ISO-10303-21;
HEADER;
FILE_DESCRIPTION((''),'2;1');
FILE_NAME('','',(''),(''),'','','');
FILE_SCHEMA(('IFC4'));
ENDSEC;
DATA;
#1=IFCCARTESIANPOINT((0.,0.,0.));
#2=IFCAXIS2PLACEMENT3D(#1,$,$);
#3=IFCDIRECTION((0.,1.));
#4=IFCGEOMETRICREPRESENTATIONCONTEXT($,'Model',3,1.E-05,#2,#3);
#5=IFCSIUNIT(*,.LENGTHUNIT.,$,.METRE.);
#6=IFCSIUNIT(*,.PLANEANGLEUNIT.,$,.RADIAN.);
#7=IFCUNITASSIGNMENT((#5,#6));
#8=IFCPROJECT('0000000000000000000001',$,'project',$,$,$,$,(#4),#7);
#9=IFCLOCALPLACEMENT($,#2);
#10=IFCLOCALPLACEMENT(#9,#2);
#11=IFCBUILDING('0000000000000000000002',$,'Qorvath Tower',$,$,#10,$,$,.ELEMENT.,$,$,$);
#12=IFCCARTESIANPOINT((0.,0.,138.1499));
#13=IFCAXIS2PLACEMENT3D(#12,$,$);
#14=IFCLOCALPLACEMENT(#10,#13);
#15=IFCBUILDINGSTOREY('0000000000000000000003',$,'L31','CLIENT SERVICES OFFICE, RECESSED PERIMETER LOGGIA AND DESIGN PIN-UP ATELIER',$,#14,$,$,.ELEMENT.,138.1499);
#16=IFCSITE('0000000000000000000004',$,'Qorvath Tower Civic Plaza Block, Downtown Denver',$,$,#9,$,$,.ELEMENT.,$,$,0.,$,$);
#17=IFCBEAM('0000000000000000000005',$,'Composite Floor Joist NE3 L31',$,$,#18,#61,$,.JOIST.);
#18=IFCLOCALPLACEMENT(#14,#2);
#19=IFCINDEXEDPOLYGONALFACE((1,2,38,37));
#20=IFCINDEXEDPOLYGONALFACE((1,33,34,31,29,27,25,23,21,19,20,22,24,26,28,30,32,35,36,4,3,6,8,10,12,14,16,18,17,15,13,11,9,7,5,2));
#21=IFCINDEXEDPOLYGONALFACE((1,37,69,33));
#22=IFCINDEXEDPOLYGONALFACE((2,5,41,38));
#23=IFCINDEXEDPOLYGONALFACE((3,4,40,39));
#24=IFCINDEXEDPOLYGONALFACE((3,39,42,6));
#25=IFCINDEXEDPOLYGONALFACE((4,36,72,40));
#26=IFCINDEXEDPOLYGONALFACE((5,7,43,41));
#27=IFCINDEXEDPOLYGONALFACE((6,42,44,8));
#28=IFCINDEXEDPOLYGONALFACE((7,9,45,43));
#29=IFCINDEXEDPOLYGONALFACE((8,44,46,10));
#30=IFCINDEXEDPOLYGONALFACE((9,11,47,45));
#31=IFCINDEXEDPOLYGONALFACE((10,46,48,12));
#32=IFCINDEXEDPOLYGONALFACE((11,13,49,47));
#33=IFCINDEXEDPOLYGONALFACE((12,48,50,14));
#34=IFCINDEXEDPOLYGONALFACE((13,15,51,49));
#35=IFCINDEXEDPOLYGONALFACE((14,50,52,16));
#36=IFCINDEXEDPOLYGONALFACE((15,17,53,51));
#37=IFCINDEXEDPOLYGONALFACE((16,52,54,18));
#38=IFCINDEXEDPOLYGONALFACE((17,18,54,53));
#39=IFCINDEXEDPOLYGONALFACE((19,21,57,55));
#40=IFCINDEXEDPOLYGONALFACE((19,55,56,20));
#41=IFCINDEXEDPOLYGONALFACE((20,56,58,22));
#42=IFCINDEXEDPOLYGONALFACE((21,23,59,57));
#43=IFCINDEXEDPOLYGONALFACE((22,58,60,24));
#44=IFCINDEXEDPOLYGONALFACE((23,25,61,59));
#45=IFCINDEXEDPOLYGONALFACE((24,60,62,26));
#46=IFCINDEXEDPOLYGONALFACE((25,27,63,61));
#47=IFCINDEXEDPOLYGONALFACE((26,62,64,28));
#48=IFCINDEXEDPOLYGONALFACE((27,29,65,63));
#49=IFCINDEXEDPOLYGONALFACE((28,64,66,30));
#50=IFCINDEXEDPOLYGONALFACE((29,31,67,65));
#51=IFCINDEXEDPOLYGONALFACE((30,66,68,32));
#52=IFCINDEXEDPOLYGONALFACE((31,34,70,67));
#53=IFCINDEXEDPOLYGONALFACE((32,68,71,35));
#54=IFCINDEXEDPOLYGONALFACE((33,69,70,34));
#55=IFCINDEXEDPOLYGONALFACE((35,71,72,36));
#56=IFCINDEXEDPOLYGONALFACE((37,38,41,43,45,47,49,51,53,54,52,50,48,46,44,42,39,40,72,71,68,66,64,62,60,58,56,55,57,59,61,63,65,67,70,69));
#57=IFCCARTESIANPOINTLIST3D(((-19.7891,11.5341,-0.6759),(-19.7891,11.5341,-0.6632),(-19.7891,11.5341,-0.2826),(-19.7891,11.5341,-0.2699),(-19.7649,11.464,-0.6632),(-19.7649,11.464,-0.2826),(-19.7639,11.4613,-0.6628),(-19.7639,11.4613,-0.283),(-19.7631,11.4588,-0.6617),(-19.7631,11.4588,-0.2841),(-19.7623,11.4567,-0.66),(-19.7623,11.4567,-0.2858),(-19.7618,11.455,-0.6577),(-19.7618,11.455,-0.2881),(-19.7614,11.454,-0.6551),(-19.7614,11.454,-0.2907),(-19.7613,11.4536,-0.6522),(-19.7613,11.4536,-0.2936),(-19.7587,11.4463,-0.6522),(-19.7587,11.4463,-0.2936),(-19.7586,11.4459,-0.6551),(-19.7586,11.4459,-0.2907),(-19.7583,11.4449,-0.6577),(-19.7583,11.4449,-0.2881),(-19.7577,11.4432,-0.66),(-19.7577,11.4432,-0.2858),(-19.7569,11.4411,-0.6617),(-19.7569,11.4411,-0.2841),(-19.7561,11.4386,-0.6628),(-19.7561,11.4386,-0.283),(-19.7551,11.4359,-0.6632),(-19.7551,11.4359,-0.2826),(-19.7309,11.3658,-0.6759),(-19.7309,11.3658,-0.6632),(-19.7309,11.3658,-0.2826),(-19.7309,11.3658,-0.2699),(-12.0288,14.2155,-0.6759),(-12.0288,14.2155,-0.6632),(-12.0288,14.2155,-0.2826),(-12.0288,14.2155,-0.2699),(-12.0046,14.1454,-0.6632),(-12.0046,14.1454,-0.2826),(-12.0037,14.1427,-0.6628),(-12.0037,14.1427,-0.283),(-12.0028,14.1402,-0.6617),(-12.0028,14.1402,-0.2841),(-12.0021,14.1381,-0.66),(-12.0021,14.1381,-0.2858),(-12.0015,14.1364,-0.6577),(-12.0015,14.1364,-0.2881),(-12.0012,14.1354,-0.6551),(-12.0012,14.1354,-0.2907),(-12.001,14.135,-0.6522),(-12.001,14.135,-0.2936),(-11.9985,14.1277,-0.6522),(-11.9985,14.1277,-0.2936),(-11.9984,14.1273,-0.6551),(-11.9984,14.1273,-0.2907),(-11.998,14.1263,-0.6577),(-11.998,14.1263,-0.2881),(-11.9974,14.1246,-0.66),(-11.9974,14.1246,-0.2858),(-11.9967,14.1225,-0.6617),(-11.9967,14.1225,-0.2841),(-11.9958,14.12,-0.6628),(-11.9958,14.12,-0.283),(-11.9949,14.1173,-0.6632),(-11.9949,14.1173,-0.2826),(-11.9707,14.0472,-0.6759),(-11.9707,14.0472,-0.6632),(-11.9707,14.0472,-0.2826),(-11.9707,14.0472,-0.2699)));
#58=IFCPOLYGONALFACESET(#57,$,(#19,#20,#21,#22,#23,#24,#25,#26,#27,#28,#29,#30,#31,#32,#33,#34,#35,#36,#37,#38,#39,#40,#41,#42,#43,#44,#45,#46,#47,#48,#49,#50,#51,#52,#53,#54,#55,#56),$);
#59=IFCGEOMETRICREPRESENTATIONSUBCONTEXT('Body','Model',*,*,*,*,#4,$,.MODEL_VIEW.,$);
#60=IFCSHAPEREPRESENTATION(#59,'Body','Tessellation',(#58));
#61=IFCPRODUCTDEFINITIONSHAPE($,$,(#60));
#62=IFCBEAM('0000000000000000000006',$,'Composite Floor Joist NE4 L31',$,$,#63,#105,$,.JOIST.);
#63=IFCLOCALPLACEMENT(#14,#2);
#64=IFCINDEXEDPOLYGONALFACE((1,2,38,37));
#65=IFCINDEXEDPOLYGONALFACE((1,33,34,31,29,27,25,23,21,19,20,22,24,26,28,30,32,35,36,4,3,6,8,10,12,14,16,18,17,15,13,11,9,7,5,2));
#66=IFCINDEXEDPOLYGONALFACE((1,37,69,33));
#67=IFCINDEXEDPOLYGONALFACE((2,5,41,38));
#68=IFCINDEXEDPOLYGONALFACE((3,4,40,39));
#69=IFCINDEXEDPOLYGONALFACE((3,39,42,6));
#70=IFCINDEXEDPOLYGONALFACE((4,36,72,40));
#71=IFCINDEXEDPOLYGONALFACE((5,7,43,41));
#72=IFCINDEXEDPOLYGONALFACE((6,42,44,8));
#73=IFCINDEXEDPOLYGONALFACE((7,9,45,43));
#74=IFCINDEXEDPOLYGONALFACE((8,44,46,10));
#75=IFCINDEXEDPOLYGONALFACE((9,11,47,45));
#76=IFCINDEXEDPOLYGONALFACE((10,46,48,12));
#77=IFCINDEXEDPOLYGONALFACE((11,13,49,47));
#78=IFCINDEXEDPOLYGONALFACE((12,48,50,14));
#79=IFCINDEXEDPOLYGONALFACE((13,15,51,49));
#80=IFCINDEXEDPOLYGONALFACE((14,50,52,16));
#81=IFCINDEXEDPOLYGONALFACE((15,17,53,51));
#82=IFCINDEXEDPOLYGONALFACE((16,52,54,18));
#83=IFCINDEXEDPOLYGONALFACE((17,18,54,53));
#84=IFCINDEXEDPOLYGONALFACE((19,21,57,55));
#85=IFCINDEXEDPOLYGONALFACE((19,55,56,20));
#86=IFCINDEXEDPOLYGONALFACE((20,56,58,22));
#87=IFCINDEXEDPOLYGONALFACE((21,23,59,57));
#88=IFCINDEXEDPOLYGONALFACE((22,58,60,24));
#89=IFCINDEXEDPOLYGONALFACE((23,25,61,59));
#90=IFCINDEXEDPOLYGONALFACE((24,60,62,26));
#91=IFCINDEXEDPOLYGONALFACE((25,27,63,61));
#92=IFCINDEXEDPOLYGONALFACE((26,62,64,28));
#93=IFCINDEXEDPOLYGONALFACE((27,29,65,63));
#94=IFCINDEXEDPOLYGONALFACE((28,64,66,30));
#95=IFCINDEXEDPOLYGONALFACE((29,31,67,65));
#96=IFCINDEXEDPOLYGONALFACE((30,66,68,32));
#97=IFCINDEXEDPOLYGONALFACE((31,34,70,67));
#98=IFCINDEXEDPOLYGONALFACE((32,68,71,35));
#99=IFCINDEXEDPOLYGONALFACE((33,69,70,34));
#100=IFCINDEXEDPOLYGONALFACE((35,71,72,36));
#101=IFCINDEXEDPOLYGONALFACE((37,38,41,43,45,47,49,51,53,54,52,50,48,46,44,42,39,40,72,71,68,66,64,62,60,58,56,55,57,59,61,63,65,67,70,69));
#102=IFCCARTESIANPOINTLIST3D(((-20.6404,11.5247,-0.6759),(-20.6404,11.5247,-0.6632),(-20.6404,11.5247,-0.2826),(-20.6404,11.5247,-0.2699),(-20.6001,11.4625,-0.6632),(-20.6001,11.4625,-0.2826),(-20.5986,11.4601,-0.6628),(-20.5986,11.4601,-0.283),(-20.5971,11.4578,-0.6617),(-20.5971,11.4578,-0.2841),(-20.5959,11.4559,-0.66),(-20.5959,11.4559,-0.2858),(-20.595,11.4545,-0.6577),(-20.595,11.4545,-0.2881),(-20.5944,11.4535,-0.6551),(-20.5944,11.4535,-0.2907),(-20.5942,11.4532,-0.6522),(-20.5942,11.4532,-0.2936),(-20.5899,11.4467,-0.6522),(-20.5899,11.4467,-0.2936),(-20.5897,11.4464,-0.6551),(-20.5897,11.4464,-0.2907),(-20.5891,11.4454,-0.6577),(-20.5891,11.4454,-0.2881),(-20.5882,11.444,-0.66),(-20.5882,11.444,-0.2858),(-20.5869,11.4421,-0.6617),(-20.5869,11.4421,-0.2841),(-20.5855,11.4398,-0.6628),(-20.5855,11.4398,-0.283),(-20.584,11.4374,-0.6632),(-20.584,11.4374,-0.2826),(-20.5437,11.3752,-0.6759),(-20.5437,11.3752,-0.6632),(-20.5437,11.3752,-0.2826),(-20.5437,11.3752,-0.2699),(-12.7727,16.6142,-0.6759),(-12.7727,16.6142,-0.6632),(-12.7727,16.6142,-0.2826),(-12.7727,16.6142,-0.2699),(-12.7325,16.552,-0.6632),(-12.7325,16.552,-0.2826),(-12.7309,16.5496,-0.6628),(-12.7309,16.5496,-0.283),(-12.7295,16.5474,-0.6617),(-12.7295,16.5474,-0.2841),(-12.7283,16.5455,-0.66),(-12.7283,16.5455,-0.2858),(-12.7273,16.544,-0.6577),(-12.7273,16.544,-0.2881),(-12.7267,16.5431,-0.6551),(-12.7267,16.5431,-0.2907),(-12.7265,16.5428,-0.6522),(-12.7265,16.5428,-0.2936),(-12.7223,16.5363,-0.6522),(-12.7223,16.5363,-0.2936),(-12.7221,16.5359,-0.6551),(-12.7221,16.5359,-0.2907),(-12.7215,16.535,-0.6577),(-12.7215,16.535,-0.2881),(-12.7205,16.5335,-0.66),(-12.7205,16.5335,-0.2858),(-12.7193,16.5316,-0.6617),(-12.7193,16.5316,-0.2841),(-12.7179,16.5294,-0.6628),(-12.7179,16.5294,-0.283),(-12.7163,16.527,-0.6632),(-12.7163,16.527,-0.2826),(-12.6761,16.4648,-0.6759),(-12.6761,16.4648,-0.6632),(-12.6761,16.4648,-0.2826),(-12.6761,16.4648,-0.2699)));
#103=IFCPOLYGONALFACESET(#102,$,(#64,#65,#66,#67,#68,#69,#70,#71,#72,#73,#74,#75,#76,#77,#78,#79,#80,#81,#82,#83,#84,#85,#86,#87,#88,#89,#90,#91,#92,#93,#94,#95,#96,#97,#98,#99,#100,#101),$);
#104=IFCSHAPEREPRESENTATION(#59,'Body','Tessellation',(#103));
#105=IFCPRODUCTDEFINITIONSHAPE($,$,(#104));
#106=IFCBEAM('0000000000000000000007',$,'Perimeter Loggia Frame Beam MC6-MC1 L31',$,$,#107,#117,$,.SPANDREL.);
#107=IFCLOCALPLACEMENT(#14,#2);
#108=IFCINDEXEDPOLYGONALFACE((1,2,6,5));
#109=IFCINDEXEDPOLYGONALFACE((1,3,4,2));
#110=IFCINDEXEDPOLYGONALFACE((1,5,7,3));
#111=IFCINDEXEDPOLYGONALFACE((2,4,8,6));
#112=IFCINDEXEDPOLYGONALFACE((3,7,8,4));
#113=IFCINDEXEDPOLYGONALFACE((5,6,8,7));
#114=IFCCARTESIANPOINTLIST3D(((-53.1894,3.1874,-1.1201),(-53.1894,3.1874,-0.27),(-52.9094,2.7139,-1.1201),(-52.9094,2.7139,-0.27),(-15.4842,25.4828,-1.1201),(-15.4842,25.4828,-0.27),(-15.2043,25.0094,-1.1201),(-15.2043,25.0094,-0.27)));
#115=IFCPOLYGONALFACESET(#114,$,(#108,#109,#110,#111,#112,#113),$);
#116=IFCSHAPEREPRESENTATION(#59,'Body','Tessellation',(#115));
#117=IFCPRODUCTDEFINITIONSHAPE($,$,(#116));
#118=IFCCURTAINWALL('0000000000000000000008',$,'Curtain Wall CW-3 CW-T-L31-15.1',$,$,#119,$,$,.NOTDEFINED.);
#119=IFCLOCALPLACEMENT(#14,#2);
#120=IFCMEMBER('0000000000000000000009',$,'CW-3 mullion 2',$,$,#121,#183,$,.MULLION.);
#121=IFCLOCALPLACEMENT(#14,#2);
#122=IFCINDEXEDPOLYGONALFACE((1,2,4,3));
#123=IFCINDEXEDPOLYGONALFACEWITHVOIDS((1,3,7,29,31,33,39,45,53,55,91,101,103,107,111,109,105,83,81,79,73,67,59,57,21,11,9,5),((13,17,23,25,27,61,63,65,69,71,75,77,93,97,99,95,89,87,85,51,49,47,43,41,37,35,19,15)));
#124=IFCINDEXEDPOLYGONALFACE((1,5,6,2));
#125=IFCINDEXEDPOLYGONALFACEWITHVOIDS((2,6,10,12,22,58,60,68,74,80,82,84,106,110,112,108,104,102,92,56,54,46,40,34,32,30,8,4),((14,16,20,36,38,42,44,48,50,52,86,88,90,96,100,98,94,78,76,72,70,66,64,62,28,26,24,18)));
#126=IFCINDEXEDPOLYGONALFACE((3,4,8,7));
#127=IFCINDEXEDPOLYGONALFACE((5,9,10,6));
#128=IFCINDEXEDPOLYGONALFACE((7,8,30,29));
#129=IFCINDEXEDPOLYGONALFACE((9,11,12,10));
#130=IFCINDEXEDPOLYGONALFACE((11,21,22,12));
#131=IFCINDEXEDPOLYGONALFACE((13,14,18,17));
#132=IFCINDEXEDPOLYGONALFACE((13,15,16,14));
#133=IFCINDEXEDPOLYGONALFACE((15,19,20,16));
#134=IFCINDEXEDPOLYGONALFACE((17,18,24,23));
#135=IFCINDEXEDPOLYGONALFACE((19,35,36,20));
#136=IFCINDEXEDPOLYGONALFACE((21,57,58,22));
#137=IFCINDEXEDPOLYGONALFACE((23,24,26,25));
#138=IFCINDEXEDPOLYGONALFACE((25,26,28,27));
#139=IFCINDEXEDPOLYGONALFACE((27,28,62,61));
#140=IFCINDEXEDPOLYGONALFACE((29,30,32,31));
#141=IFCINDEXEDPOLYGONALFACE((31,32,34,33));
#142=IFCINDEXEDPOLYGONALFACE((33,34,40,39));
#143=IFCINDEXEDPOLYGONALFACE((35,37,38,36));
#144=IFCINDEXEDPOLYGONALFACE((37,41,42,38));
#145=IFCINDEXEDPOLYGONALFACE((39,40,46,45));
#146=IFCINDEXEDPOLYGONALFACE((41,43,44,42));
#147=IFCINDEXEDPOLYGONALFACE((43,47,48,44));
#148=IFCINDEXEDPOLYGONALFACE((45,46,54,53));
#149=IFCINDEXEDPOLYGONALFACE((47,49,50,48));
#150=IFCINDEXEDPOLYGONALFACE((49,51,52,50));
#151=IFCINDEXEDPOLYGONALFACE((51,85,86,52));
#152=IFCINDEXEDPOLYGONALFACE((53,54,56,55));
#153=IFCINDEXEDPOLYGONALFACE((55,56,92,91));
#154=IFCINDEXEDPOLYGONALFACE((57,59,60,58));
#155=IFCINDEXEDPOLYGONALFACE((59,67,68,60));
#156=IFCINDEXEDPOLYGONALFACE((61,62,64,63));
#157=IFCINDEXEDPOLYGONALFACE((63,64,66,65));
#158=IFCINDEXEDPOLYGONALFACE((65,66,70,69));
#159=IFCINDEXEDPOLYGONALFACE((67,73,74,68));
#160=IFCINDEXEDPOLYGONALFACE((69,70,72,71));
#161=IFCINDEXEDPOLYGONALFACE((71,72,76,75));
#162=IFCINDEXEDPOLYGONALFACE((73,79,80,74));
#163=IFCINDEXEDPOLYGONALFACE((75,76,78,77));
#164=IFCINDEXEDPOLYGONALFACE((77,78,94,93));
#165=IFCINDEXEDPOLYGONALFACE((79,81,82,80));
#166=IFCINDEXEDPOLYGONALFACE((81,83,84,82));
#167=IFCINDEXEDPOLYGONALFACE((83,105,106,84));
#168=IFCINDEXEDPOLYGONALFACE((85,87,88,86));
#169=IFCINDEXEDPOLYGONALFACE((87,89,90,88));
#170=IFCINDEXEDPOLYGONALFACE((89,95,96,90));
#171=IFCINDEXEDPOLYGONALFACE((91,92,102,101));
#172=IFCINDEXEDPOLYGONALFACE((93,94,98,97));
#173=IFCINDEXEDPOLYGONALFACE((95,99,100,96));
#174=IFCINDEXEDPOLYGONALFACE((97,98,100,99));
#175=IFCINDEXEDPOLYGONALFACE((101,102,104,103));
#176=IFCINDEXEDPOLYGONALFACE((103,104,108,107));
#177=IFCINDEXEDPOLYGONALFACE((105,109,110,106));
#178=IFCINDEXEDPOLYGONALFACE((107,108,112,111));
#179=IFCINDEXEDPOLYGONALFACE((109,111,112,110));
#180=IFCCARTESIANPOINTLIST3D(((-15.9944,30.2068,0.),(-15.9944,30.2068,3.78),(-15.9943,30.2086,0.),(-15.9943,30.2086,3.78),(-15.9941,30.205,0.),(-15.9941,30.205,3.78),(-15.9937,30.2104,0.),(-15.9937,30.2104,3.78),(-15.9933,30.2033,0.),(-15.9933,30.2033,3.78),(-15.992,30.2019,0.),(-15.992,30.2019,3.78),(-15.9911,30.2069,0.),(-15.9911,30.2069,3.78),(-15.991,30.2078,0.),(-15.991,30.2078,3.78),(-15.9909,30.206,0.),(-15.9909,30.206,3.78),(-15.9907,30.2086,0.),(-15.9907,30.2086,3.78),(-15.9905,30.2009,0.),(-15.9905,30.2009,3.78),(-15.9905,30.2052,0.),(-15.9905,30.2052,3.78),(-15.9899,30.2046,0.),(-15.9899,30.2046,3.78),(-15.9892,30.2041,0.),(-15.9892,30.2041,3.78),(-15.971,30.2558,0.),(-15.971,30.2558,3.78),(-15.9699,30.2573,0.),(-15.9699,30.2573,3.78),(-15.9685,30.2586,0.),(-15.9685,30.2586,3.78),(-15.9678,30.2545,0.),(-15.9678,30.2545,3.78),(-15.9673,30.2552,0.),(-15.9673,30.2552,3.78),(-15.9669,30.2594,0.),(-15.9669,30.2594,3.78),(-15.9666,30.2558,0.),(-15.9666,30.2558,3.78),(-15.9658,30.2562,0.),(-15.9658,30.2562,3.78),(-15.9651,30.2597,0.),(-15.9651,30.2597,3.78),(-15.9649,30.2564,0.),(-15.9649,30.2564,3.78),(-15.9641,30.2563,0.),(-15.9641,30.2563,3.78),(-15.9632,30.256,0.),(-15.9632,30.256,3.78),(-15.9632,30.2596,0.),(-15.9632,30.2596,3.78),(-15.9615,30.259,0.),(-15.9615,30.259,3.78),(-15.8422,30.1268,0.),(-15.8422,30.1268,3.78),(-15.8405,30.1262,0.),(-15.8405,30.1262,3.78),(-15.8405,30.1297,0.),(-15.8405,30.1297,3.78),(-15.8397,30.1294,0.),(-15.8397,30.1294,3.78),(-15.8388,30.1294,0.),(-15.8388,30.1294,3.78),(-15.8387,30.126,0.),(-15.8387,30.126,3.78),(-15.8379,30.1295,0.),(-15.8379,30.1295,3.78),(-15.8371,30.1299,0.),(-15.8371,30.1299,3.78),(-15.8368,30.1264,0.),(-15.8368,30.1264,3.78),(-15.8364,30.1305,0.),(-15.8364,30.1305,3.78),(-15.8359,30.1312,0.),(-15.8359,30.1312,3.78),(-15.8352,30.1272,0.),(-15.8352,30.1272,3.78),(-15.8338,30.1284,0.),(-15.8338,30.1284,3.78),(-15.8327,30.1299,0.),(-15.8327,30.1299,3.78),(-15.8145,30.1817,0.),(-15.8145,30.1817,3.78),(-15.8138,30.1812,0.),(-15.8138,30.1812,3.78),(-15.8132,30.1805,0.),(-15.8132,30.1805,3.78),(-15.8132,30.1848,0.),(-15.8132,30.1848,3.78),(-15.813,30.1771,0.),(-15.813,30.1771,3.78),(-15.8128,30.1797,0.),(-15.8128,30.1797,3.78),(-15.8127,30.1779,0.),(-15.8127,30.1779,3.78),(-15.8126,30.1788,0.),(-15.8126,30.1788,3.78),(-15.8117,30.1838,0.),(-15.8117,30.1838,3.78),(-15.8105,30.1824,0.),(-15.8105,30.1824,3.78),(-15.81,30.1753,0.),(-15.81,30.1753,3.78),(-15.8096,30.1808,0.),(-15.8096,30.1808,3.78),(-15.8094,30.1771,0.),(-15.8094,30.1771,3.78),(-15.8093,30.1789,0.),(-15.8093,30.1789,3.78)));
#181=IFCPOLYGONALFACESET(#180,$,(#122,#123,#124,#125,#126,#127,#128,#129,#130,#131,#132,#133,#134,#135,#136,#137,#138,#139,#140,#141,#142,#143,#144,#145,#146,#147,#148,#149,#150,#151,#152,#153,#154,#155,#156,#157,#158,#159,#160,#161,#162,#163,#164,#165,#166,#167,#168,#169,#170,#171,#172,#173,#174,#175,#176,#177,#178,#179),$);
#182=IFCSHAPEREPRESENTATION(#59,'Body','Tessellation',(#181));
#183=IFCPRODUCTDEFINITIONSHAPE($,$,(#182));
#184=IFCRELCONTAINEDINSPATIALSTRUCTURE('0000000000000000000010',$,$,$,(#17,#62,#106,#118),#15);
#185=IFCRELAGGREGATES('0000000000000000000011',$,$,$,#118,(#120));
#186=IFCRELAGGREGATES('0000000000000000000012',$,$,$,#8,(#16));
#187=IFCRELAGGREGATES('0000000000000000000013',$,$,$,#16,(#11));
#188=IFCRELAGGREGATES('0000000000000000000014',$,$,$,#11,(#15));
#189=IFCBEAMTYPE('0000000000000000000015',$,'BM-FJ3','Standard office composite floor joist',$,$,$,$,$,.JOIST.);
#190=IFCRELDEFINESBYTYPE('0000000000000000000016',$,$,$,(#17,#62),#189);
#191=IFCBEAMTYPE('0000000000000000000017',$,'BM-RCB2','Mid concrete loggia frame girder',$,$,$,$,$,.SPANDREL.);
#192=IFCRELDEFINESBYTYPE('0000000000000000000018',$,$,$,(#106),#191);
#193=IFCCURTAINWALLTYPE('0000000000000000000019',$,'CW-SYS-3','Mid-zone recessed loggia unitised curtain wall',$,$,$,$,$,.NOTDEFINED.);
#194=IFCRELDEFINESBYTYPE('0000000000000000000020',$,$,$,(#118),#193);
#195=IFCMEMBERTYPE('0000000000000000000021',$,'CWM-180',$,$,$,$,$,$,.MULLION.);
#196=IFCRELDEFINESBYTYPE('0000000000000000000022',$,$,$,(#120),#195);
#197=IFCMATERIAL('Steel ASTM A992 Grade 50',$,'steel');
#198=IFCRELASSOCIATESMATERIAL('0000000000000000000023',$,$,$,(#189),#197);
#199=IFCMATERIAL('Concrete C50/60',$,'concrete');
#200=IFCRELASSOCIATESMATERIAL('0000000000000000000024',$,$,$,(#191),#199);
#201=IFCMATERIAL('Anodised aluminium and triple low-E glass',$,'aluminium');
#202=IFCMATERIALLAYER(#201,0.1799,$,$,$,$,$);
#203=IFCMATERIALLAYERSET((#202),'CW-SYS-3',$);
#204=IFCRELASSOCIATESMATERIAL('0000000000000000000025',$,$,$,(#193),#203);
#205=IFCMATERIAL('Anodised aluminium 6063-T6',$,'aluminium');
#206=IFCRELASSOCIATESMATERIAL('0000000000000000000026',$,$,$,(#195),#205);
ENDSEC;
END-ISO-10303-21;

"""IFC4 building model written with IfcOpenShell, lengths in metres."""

from ifc_helpers import new_model, si_unit, direction, frame, origin, origin_2d, place, context, subcontext, project, spatial, rectangle, hollow_rectangle, i_section, extrude, material, layer, layer_set, material_profile, profile_set, type_object, element, aggregate, save


model = new_model("IFC4")

# Units and contexts
model_context = context("Model", 3, precision=1e-05, world=origin(), true_north=direction((0.0, 1.0)))
body_context = subcontext(model_context, "Body", "Model", "MODEL_VIEW")
ifc_project = project(units=[si_unit("LENGTHUNIT", "METRE"), si_unit("PLANEANGLEUNIT", "RADIAN")], contexts=[model_context])

# Site, building, storey
site_placement = place(None, origin())
site = spatial("IfcSite", under=ifc_project, at=site_placement, Name="Qorvath Tower Civic Plaza Block, Downtown Denver", CompositionType="ELEMENT", RefElevation=0.0)
building_placement = place(site_placement, origin())
building = spatial("IfcBuilding", under=site, at=building_placement, Name="Qorvath Tower", CompositionType="ELEMENT")
storey_placement = place(building_placement, frame((0.0, 0.0, 138.1499)))
storey = spatial("IfcBuildingStorey", under=building, at=storey_placement, Name="L31", Description="CLIENT SERVICES OFFICE, RECESSED PERIMETER LOGGIA AND DESIGN PIN-UP ATELIER", CompositionType="ELEMENT", Elevation=138.1499)

# Beams
ifc_material_1 = material(Name="Steel ASTM A992 Grade 50", Category="steel")
ifc_material_profile_1 = material_profile(ifc_material_1, i_section(OverallWidth=0.178, OverallDepth=0.406, WebThickness=0.0078, FlangeThickness=0.0127, FilletRadius=0.011, at=origin_2d()), Name="W16x40")
ifc_profile_set_1 = profile_set([ifc_material_profile_1], Name="Steel ASTM A992 Grade 50")
beam_type_1 = type_object("IfcBeamType", Name="BM-FJ3", Description="Standard office composite floor joist", PredefinedType="JOIST", material=ifc_profile_set_1)
beam_1_placement = place(storey_placement, frame((-19.76, 11.45, -0.4729), z_axis=(0.945168, 0.326584, 0.0), x_axis=(-0.326584, 0.945168, 0.0)))
element("IfcBeam", 1, at=beam_1_placement, inside=storey, type_object=beam_type_1, Name="Composite Floor Joist NE3 L31", PredefinedType="JOIST", context=body_context, shape_type="SweptSolid", body=[
    extrude(i_section(OverallWidth=0.178, OverallDepth=0.406, WebThickness=0.0078, FlangeThickness=0.0127, FilletRadius=0.011, at=origin_2d()), origin(), (0.0, 0.0, 1.0), 8.2104),
])
beam_2_placement = place(storey_placement, frame((-20.592, 11.45, -0.4729), z_axis=(0.839631, 0.543157, 0.0), x_axis=(-0.543157, 0.839631, 0.0)))
element("IfcBeam", 2, at=beam_2_placement, inside=storey, type_object=beam_type_1, Name="Composite Floor Joist NE4 L31", PredefinedType="JOIST", context=body_context, shape_type="SweptSolid", body=[
    extrude(i_section(OverallWidth=0.178, OverallDepth=0.406, WebThickness=0.0078, FlangeThickness=0.0127, FilletRadius=0.011, at=origin_2d()), origin(), (0.0, 0.0, 1.0), 9.3704),
])
ifc_material_2 = material(Name="Concrete C50/60", Category="concrete")
ifc_material_profile_2 = material_profile(ifc_material_2, rectangle(XDim=0.55, YDim=0.8501, at=origin_2d()), Name="RCB 850x550")
ifc_profile_set_2 = profile_set([ifc_material_profile_2], Name="Concrete C50/60")
beam_type_2 = type_object("IfcBeamType", Name="BM-RCB2", Description="Mid concrete loggia frame girder", PredefinedType="SPANDREL", material=ifc_profile_set_2)
beam_3_placement = place(storey_placement, frame((-15.3442, 25.2461, -0.6951), z_axis=(-0.860775, -0.508985, 0.0), x_axis=(0.508985, -0.860775, 0.0)))
element("IfcBeam", 3, at=beam_3_placement, inside=storey, type_object=beam_type_2, Name="Perimeter Loggia Frame Beam MC6-MC1 L31", PredefinedType="SPANDREL", context=body_context, shape_type="SweptSolid", body=[
    extrude(rectangle(XDim=0.55, YDim=0.8501, at=origin_2d()), origin(), (0.0, 0.0, 1.0), 43.8037),
])

# Curtain wall, member
ifc_material_3 = material(Name="Anodised aluminium and triple low-E glass", Category="aluminium")
ifc_layer_1 = layer(ifc_material_3, 0.1799)
ifc_layer_set_1 = layer_set([ifc_layer_1], Name="CW-SYS-3")
curtain_wall_type = type_object("IfcCurtainWallType", Name="CW-SYS-3", Description="Mid-zone recessed loggia unitised curtain wall", PredefinedType="NOTDEFINED", material=ifc_layer_set_1)
curtain_wall_1_placement = place(storey_placement, origin())
curtain_wall_1 = element("IfcCurtainWall", 4, at=curtain_wall_1_placement, inside=storey, type_object=curtain_wall_type, Name="Curtain Wall CW-3 CW-T-L31-15.1", PredefinedType="NOTDEFINED")
ifc_material_4 = material(Name="Anodised aluminium 6063-T6", Category="aluminium")
ifc_material_profile_3 = material_profile(ifc_material_4, hollow_rectangle(XDim=0.0649, YDim=0.1799, WallThickness=0.0034, InnerFilletRadius=0.0034, OuterFilletRadius=0.0071, at=origin_2d()), Name="CWM 180x65")
ifc_profile_set_3 = profile_set([ifc_material_profile_3], Name="Anodised aluminium 6063-T6")
member_type_1 = type_object("IfcMemberType", Name="CWM-180", PredefinedType="MULLION", material=ifc_profile_set_3)
member_1_placement = place(storey_placement, frame((-15.9019, 30.1929, 0.0), z_axis=(0.0, 0.0, 1.0), x_axis=(-0.447214, -0.894427, 0.0)))
member_1 = element("IfcMember", 5, at=member_1_placement, type_object=member_type_1, Name="CW-3 mullion 2", PredefinedType="MULLION", context=body_context, shape_type="SweptSolid", body=[
    extrude(hollow_rectangle(XDim=0.0649, YDim=0.1799, WallThickness=0.0034, InnerFilletRadius=0.0034, OuterFilletRadius=0.0071, at=origin_2d()), origin(), (0.0, 0.0, 1.0), 3.78),
])

aggregate(curtain_wall_1, [member_1])

save(model, "model.ifc")
